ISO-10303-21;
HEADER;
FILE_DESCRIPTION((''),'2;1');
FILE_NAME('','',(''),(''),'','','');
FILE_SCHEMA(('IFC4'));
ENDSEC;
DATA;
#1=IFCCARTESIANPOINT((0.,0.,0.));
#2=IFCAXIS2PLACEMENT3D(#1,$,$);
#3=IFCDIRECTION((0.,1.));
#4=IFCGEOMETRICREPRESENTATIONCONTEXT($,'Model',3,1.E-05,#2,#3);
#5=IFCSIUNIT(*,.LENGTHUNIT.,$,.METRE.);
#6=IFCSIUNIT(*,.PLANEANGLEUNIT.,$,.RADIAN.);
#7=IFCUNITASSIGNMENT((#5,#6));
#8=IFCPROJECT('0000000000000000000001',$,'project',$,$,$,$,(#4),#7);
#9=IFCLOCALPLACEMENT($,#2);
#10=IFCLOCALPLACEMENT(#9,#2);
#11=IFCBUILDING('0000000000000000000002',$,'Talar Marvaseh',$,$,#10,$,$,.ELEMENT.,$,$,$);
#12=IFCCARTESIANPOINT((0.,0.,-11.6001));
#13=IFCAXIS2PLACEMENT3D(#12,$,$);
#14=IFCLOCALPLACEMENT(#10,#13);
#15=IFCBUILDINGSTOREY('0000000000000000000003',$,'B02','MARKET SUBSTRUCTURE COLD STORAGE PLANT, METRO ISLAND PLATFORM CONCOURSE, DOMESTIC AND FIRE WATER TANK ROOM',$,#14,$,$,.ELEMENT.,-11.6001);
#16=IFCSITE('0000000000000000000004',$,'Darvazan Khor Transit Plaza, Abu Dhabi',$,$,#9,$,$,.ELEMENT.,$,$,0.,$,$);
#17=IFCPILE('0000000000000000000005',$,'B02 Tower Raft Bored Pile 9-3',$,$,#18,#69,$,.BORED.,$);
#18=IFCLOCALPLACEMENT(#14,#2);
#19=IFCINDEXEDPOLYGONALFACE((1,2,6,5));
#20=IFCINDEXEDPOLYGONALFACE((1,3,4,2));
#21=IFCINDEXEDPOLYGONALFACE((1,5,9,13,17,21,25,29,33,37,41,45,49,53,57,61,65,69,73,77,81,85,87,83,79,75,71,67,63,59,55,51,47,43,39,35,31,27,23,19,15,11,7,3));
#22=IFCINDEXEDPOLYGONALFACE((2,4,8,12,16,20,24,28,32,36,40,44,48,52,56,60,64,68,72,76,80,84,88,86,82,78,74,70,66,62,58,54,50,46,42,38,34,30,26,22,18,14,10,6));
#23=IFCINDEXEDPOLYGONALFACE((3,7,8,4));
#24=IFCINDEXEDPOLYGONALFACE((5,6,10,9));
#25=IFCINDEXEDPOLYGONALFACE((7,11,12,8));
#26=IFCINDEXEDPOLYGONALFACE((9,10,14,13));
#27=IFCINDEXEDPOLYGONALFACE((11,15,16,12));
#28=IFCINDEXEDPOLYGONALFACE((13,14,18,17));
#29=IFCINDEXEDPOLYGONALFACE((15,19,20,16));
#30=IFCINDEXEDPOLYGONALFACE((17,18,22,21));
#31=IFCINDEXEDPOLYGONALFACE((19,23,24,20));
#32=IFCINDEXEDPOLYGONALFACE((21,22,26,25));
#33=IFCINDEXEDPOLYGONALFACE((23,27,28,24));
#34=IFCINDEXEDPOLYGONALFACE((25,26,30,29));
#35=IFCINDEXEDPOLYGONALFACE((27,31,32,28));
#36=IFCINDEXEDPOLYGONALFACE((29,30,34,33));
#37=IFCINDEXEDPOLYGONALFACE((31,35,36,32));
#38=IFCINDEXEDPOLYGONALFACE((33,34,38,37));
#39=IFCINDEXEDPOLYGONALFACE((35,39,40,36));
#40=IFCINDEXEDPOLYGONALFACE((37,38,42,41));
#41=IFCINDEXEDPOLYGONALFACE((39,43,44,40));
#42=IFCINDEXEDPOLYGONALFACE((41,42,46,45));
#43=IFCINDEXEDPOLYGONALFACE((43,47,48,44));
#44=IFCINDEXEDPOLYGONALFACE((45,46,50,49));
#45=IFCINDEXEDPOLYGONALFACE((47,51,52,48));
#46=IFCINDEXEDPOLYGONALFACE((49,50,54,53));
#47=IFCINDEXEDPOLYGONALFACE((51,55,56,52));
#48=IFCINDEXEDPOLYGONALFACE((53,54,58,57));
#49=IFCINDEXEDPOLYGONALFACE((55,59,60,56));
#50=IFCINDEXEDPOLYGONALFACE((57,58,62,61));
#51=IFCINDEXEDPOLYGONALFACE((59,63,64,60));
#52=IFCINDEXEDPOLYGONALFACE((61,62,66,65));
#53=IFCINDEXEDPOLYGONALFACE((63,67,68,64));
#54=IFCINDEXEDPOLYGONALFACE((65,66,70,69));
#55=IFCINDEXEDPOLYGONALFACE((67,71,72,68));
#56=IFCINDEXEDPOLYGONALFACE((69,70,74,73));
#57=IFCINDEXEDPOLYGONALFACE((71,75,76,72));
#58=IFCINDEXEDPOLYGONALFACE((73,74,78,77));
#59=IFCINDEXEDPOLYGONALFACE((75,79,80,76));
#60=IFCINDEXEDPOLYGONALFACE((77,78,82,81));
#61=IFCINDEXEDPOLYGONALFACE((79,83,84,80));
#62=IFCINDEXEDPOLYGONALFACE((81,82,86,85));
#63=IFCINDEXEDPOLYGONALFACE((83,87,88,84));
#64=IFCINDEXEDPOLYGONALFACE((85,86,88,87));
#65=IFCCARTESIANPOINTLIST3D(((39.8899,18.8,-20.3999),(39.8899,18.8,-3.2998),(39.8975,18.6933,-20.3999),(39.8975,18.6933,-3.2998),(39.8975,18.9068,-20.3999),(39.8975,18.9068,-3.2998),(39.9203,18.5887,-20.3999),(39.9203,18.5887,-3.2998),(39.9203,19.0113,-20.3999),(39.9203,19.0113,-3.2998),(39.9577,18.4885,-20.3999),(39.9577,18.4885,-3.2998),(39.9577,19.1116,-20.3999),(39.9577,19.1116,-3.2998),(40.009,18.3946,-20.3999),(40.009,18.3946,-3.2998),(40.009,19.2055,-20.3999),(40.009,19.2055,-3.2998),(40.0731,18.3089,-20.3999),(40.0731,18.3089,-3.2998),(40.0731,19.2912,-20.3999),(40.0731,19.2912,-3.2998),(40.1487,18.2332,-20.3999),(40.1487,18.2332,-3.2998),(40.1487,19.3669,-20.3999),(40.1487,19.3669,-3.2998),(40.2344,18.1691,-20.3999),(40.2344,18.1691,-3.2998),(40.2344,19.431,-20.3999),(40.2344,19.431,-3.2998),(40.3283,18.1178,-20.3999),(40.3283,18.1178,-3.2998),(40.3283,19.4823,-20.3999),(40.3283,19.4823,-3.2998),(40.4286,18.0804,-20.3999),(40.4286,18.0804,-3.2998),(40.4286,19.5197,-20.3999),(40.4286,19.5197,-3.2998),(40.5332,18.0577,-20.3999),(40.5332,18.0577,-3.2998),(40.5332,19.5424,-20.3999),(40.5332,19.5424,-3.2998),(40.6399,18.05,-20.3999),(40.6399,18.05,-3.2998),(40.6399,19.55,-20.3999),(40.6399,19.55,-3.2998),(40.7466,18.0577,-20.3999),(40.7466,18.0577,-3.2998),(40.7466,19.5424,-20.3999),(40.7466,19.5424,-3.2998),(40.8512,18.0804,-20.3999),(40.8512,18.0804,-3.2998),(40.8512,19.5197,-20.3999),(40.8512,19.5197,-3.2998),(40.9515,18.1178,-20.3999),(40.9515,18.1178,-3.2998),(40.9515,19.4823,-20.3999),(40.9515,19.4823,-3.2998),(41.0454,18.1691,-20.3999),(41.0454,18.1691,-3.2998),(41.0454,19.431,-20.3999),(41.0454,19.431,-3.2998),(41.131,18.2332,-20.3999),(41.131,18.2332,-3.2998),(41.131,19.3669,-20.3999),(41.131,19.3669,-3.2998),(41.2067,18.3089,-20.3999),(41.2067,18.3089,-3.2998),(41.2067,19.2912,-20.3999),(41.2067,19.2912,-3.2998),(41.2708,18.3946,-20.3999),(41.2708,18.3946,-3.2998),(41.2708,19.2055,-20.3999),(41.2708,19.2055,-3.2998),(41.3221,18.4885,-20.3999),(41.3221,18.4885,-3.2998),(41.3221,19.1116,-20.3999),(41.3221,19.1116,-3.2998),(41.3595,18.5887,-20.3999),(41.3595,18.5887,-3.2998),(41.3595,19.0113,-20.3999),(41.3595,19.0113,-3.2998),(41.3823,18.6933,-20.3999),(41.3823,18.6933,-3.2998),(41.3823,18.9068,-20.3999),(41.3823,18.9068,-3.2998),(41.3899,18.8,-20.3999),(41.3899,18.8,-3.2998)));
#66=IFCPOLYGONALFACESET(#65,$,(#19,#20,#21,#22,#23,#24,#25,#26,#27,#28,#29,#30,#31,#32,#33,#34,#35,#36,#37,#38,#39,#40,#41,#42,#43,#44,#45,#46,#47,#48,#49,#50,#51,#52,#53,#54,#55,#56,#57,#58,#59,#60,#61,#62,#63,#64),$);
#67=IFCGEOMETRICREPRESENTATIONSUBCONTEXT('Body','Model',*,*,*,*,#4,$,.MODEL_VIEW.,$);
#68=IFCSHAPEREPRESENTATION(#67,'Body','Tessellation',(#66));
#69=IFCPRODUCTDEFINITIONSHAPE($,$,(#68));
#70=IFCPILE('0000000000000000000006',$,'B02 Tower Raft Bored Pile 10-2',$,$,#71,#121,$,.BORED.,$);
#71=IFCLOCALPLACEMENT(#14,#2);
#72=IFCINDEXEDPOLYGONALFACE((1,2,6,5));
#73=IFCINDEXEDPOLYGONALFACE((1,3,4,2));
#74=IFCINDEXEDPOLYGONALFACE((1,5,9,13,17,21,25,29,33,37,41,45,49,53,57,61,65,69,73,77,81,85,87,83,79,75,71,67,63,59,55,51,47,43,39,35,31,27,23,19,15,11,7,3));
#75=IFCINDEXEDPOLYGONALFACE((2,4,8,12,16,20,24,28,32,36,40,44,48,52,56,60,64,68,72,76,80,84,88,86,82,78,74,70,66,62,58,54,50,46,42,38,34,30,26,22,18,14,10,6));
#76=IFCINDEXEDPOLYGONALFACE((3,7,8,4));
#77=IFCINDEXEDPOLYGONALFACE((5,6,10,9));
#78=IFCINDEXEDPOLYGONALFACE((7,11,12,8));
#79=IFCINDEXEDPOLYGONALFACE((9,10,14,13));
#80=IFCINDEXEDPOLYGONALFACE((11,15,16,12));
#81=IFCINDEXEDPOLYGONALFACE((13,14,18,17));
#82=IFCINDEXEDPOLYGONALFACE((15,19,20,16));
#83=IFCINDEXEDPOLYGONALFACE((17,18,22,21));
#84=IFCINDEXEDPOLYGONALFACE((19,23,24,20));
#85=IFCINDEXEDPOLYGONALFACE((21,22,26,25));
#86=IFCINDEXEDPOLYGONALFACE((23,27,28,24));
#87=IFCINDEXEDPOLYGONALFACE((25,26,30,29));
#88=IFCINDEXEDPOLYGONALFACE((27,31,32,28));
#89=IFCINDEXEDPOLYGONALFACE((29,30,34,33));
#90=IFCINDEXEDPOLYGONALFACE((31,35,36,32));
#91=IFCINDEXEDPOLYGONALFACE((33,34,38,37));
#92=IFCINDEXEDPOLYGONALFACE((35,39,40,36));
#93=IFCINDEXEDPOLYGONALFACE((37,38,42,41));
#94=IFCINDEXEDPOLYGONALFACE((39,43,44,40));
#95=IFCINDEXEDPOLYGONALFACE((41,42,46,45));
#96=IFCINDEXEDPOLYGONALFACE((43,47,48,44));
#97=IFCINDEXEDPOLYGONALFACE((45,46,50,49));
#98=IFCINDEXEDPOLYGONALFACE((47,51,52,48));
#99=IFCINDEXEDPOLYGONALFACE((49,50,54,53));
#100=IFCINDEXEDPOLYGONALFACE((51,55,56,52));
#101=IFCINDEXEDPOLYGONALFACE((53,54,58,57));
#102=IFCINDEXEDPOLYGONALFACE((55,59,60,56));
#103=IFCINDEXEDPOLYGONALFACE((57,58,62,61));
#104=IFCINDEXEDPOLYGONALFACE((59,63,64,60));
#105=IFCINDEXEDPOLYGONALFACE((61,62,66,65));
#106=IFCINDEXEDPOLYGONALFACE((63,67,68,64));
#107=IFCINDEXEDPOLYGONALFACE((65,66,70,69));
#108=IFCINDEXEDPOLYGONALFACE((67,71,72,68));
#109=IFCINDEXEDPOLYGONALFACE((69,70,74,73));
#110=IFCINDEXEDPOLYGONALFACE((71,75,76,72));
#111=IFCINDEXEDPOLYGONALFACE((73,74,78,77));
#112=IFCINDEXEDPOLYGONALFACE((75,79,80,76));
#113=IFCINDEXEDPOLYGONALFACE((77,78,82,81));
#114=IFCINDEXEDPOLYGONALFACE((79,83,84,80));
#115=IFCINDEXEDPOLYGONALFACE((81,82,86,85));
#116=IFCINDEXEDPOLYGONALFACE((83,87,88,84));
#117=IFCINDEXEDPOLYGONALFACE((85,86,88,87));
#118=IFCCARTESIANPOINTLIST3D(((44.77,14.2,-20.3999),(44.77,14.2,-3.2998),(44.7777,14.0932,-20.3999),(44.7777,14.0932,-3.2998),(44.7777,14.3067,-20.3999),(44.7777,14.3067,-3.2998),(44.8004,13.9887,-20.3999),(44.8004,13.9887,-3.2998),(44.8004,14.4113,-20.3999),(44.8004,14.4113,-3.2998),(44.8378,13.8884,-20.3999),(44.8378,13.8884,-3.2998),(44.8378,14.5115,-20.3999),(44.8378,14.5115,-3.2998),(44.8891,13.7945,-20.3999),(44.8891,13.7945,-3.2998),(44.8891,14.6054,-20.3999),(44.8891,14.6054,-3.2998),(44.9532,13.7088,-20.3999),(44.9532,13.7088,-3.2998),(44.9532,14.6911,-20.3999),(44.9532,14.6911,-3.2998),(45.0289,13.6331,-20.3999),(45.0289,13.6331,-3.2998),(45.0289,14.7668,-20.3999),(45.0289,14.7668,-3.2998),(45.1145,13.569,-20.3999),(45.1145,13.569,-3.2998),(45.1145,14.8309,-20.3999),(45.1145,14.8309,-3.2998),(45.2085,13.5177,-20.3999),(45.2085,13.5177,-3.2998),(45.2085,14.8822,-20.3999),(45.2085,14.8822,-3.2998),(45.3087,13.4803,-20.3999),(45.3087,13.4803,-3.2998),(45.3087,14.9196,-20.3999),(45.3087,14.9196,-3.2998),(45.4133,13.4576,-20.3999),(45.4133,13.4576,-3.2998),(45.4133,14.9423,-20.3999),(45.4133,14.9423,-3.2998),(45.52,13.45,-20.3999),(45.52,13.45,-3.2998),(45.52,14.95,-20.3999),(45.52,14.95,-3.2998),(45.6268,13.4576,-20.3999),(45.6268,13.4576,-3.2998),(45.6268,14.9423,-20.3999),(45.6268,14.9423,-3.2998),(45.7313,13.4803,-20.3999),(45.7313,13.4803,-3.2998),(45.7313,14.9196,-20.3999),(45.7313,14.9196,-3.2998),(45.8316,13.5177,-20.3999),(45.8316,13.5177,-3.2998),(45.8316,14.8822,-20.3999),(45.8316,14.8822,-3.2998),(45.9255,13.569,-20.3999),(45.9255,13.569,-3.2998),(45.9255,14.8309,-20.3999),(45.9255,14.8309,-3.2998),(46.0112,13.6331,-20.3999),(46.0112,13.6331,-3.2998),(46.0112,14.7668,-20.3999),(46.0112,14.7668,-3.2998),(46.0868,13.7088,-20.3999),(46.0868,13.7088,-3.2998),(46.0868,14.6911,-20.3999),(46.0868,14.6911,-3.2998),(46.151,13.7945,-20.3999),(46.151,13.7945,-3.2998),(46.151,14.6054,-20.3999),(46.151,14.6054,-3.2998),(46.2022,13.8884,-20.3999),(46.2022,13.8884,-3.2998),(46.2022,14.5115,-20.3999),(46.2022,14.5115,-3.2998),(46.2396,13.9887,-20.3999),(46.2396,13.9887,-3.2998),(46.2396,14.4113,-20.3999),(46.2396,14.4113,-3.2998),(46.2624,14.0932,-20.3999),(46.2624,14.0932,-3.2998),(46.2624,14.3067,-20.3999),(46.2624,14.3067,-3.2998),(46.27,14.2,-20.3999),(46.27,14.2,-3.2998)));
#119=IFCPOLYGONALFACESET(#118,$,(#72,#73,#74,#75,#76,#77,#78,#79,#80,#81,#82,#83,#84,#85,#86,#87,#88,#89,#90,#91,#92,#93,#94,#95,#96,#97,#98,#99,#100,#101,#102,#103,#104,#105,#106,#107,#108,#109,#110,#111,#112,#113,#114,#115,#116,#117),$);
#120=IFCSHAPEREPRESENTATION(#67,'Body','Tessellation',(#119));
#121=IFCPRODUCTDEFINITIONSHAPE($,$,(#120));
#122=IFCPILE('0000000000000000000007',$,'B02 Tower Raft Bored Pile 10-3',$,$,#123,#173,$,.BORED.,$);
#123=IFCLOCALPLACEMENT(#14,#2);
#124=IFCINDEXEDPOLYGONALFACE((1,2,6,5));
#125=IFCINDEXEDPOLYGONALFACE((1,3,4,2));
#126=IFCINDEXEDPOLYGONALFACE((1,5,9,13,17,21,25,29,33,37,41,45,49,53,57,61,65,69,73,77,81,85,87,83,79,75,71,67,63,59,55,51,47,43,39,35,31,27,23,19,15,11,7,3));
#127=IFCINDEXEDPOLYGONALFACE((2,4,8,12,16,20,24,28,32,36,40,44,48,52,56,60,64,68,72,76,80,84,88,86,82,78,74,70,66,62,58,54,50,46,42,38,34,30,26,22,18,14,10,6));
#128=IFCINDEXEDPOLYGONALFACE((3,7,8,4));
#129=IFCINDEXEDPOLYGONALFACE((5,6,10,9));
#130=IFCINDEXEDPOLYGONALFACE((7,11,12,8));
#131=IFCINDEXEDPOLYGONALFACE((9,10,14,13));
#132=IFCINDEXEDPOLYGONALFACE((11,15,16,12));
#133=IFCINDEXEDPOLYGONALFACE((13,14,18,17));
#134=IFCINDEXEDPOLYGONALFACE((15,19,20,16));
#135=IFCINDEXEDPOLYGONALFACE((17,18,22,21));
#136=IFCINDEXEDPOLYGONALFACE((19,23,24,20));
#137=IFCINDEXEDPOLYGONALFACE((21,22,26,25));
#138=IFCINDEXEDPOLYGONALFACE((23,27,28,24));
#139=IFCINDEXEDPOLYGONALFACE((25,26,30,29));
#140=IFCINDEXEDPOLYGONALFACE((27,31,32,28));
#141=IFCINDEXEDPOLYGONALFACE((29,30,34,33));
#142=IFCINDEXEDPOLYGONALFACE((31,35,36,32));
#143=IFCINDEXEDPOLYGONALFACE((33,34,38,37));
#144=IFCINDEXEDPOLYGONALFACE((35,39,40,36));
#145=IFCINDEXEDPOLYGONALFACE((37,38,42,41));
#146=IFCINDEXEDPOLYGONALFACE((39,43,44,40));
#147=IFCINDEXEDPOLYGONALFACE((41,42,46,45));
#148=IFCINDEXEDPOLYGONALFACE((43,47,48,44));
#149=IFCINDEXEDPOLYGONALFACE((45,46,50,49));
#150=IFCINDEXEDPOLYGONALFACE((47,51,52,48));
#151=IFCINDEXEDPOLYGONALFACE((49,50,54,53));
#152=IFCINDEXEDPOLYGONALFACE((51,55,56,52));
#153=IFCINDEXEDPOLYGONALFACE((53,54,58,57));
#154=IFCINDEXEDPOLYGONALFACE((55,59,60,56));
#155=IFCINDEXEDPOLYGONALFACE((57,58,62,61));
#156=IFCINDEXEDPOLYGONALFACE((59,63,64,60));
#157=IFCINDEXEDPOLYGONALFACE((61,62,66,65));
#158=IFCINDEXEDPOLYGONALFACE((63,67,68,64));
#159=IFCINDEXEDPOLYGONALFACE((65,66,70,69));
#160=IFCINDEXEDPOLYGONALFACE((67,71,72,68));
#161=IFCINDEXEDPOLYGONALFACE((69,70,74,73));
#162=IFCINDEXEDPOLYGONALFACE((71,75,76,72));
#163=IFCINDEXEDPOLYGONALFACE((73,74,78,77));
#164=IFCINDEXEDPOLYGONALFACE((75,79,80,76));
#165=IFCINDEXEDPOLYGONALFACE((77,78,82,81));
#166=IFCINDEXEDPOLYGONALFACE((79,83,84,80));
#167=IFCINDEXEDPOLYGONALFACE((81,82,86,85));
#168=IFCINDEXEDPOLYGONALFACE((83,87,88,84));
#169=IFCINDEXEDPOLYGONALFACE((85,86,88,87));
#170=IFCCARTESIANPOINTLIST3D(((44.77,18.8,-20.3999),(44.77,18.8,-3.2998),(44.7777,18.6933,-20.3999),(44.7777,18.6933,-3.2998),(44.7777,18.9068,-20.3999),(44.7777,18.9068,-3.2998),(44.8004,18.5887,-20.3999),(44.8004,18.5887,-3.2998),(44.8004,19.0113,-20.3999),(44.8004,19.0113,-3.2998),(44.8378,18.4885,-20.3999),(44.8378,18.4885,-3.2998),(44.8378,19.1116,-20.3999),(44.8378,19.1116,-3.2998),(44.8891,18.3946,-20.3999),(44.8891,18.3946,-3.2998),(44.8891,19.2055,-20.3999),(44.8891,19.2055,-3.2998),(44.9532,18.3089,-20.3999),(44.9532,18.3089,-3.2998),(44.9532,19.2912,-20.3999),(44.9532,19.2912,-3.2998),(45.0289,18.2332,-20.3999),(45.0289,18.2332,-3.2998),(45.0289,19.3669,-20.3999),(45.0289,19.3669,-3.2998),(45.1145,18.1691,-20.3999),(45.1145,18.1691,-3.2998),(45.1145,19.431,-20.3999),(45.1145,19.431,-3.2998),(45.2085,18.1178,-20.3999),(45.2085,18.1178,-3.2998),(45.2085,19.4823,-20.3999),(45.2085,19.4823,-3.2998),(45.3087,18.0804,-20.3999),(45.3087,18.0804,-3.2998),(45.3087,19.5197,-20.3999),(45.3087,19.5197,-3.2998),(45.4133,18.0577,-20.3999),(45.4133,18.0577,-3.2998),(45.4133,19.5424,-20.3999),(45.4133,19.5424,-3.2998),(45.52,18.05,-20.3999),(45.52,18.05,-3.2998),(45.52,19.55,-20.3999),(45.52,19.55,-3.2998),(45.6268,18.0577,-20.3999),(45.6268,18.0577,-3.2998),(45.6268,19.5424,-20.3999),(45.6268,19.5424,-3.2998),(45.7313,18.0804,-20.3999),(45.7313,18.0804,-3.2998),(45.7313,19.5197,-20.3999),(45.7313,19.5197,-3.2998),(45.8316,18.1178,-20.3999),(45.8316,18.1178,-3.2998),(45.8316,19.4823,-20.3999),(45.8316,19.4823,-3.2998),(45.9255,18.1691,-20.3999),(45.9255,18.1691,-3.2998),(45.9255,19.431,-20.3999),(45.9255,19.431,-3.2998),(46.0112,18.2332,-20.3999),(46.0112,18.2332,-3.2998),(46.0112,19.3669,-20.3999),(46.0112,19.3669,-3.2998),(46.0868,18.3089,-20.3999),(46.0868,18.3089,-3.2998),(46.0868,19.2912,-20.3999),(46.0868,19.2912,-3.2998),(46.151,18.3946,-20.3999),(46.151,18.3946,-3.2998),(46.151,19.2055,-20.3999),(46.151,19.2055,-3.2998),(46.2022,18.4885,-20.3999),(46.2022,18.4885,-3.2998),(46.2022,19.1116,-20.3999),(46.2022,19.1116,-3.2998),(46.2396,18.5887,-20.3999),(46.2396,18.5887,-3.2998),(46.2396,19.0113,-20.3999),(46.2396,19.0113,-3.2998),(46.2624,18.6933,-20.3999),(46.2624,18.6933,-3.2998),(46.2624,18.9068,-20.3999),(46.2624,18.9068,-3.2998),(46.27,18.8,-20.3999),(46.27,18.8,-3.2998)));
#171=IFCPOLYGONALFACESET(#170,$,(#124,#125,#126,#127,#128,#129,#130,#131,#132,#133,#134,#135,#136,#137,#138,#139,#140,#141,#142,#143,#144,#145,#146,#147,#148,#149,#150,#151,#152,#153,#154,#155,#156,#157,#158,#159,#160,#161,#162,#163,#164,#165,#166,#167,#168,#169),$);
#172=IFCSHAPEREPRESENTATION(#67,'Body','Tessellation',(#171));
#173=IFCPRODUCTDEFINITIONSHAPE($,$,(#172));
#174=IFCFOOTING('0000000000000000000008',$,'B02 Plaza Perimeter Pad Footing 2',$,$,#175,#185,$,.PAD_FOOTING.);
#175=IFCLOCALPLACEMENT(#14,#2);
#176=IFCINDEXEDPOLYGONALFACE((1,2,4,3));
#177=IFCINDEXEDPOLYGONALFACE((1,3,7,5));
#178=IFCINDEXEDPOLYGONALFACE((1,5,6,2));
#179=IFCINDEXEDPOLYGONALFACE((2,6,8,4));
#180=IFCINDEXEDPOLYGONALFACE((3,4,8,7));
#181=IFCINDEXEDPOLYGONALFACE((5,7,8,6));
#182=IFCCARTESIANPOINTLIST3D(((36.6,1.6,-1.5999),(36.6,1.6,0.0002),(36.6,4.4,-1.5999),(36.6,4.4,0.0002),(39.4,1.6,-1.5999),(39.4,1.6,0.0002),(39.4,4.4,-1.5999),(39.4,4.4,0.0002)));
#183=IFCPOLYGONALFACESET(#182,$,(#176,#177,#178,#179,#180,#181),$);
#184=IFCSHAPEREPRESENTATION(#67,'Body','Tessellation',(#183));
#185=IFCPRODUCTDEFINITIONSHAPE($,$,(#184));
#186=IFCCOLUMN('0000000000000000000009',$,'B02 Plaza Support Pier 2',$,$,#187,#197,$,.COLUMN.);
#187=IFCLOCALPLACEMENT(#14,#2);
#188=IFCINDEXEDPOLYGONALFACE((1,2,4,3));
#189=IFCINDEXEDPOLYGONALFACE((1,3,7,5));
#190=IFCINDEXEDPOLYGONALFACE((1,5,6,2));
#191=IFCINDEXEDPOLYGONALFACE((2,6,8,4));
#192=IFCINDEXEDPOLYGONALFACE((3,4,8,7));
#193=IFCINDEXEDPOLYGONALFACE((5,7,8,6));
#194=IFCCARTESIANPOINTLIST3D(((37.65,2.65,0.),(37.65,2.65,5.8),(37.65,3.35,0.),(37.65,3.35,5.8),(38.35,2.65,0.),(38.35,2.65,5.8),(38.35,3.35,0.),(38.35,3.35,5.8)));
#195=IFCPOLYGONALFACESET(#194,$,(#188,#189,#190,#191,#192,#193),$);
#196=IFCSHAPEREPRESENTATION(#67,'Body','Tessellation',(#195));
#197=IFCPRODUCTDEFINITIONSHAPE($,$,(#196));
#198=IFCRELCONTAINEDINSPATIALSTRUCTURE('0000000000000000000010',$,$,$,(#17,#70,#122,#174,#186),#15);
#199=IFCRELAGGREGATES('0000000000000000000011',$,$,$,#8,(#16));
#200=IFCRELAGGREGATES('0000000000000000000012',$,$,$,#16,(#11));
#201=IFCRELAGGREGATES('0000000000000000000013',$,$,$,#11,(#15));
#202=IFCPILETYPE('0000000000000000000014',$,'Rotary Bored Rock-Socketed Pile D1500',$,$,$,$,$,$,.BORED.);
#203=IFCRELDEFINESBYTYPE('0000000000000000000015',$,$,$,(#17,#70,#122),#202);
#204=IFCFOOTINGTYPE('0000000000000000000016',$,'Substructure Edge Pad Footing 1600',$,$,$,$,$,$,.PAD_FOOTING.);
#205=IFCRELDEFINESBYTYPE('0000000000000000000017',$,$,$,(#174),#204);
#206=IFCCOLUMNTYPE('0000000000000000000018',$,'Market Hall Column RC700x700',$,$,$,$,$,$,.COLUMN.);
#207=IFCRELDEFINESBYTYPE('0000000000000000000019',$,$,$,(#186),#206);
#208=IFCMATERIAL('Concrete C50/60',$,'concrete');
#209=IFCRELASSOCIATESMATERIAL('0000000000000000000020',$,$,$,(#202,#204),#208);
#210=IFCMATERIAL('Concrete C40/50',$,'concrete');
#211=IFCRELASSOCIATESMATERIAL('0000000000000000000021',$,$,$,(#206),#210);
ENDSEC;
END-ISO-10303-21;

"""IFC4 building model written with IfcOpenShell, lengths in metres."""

from ifc_helpers import new_model, si_unit, direction, frame, origin, origin_2d, place, context, subcontext, project, spatial, rectangle, circle, extrude, source, transform, mapped, material, material_profile, profile_set, type_object, type_shapes, element, save


model = new_model("IFC4")

# Units and contexts
model_context = context("Model", 3, precision=1e-05, world=origin(), true_north=direction((0.0, 1.0)))
body_context = subcontext(model_context, "Body", "Model", "MODEL_VIEW")
ifc_project = project(units=[si_unit("LENGTHUNIT", "METRE"), si_unit("PLANEANGLEUNIT", "RADIAN")], contexts=[model_context])

# Site, building, storey
site_placement = place(None, origin())
site = spatial("IfcSite", under=ifc_project, at=site_placement, Name="Darvazan Khor Transit Plaza, Abu Dhabi", CompositionType="ELEMENT", RefElevation=0.0)
building_placement = place(site_placement, origin())
building = spatial("IfcBuilding", under=site, at=building_placement, Name="Talar Marvaseh", CompositionType="ELEMENT")
storey_placement = place(building_placement, frame((0.0, 0.0, -11.6001)))
storey = spatial("IfcBuildingStorey", under=building, at=storey_placement, Name="B02", Description="MARKET SUBSTRUCTURE COLD STORAGE PLANT, METRO ISLAND PLATFORM CONCOURSE, DOMESTIC AND FIRE WATER TANK ROOM", CompositionType="ELEMENT", Elevation=-11.6001)

# Piles
ifc_material_1 = material(Name="Concrete C50/60", Category="concrete")
ifc_material_profile_1 = material_profile(ifc_material_1, circle(Radius=0.75, at=origin_2d()), Name="PILE-D1500")
ifc_profile_set_1 = profile_set([ifc_material_profile_1], Name="Concrete C50/60")
pile_type_1 = type_object("IfcPileType", Name="Rotary Bored Rock-Socketed Pile D1500", PredefinedType="BORED", material=ifc_profile_set_1)
shared_shape_1 = source(origin(), body_context, "Body", "SweptSolid", [
    extrude(circle(Radius=0.75, at=origin_2d()), origin(), (0.0, 0.0, 1.0), 17.1001),
])
type_shapes(pile_type_1, [shared_shape_1])
for number, where, z_axis, x_axis, name in (
    (1, (40.6399, 18.8, -3.2998), (0.0, 0.0, -1.0), (1.0, 0.0, 0.0), "B02 Tower Raft Bored Pile 9-3"),
    (2, (45.52, 14.2, -3.2998), (0.0, 0.0, -1.0), (1.0, 0.0, 0.0), "B02 Tower Raft Bored Pile 10-2"),
    (3, (45.52, 18.8, -3.2998), (0.0, 0.0, -1.0), (1.0, 0.0, 0.0), "B02 Tower Raft Bored Pile 10-3"),
):
    element("IfcPile", number, at=place(storey_placement, frame(where, z_axis=z_axis, x_axis=x_axis)), inside=storey, type_object=pile_type_1, Name=name, PredefinedType="BORED", context=body_context, shape_type="MappedRepresentation", body=[
        mapped(shared_shape_1, transform((0.0, 0.0, 0.0), x_axis=(1.0, 0.0, 0.0), y_axis=(0.0, 1.0, 0.0), z_axis=(0.0, 0.0, 1.0), scale=1.0)),
    ])

# Footing
footing_type = type_object("IfcFootingType", Name="Substructure Edge Pad Footing 1600", PredefinedType="PAD_FOOTING", material=ifc_material_1)
shared_shape_2 = source(origin(), body_context, "Body", "SweptSolid", [
    extrude(rectangle(XDim=2.8, YDim=2.8, at=origin_2d()), origin(), (0.0, 0.0, 1.0), 1.6001),
])
type_shapes(footing_type, [shared_shape_2])
footing_placement = place(storey_placement, frame((38.0, 3.0, -1.5999), z_axis=(0.0, 0.0, 1.0), x_axis=(1.0, 0.0, 0.0)))
element("IfcFooting", 4, at=footing_placement, inside=storey, type_object=footing_type, Name="B02 Plaza Perimeter Pad Footing 2", PredefinedType="PAD_FOOTING", context=body_context, shape_type="MappedRepresentation", body=[
    mapped(shared_shape_2, transform((0.0, 0.0, 0.0), x_axis=(1.0, 0.0, 0.0), y_axis=(0.0, 1.0, 0.0), z_axis=(0.0, 0.0, 1.0), scale=1.0)),
])

# Column
ifc_material_2 = material(Name="Concrete C40/50", Category="concrete")
ifc_material_profile_2 = material_profile(ifc_material_2, rectangle(XDim=0.7, YDim=0.7, at=origin_2d()), Name="RC700x700")
ifc_profile_set_2 = profile_set([ifc_material_profile_2], Name="Concrete C40/50")
column_type_1 = type_object("IfcColumnType", Name="Market Hall Column RC700x700", PredefinedType="COLUMN", material=ifc_profile_set_2)
column_placement = place(storey_placement, frame((38.0, 3.0, 0.0), z_axis=(0.0, 0.0, 1.0), x_axis=(1.0, 0.0, 0.0)))
element("IfcColumn", 5, at=column_placement, inside=storey, type_object=column_type_1, Name="B02 Plaza Support Pier 2", PredefinedType="COLUMN", context=body_context, shape_type="SweptSolid", body=[
    extrude(rectangle(XDim=0.7, YDim=0.7, at=origin_2d()), origin(), (0.0, 0.0, 1.0), 5.8),
])

save(model, "model.ifc")
